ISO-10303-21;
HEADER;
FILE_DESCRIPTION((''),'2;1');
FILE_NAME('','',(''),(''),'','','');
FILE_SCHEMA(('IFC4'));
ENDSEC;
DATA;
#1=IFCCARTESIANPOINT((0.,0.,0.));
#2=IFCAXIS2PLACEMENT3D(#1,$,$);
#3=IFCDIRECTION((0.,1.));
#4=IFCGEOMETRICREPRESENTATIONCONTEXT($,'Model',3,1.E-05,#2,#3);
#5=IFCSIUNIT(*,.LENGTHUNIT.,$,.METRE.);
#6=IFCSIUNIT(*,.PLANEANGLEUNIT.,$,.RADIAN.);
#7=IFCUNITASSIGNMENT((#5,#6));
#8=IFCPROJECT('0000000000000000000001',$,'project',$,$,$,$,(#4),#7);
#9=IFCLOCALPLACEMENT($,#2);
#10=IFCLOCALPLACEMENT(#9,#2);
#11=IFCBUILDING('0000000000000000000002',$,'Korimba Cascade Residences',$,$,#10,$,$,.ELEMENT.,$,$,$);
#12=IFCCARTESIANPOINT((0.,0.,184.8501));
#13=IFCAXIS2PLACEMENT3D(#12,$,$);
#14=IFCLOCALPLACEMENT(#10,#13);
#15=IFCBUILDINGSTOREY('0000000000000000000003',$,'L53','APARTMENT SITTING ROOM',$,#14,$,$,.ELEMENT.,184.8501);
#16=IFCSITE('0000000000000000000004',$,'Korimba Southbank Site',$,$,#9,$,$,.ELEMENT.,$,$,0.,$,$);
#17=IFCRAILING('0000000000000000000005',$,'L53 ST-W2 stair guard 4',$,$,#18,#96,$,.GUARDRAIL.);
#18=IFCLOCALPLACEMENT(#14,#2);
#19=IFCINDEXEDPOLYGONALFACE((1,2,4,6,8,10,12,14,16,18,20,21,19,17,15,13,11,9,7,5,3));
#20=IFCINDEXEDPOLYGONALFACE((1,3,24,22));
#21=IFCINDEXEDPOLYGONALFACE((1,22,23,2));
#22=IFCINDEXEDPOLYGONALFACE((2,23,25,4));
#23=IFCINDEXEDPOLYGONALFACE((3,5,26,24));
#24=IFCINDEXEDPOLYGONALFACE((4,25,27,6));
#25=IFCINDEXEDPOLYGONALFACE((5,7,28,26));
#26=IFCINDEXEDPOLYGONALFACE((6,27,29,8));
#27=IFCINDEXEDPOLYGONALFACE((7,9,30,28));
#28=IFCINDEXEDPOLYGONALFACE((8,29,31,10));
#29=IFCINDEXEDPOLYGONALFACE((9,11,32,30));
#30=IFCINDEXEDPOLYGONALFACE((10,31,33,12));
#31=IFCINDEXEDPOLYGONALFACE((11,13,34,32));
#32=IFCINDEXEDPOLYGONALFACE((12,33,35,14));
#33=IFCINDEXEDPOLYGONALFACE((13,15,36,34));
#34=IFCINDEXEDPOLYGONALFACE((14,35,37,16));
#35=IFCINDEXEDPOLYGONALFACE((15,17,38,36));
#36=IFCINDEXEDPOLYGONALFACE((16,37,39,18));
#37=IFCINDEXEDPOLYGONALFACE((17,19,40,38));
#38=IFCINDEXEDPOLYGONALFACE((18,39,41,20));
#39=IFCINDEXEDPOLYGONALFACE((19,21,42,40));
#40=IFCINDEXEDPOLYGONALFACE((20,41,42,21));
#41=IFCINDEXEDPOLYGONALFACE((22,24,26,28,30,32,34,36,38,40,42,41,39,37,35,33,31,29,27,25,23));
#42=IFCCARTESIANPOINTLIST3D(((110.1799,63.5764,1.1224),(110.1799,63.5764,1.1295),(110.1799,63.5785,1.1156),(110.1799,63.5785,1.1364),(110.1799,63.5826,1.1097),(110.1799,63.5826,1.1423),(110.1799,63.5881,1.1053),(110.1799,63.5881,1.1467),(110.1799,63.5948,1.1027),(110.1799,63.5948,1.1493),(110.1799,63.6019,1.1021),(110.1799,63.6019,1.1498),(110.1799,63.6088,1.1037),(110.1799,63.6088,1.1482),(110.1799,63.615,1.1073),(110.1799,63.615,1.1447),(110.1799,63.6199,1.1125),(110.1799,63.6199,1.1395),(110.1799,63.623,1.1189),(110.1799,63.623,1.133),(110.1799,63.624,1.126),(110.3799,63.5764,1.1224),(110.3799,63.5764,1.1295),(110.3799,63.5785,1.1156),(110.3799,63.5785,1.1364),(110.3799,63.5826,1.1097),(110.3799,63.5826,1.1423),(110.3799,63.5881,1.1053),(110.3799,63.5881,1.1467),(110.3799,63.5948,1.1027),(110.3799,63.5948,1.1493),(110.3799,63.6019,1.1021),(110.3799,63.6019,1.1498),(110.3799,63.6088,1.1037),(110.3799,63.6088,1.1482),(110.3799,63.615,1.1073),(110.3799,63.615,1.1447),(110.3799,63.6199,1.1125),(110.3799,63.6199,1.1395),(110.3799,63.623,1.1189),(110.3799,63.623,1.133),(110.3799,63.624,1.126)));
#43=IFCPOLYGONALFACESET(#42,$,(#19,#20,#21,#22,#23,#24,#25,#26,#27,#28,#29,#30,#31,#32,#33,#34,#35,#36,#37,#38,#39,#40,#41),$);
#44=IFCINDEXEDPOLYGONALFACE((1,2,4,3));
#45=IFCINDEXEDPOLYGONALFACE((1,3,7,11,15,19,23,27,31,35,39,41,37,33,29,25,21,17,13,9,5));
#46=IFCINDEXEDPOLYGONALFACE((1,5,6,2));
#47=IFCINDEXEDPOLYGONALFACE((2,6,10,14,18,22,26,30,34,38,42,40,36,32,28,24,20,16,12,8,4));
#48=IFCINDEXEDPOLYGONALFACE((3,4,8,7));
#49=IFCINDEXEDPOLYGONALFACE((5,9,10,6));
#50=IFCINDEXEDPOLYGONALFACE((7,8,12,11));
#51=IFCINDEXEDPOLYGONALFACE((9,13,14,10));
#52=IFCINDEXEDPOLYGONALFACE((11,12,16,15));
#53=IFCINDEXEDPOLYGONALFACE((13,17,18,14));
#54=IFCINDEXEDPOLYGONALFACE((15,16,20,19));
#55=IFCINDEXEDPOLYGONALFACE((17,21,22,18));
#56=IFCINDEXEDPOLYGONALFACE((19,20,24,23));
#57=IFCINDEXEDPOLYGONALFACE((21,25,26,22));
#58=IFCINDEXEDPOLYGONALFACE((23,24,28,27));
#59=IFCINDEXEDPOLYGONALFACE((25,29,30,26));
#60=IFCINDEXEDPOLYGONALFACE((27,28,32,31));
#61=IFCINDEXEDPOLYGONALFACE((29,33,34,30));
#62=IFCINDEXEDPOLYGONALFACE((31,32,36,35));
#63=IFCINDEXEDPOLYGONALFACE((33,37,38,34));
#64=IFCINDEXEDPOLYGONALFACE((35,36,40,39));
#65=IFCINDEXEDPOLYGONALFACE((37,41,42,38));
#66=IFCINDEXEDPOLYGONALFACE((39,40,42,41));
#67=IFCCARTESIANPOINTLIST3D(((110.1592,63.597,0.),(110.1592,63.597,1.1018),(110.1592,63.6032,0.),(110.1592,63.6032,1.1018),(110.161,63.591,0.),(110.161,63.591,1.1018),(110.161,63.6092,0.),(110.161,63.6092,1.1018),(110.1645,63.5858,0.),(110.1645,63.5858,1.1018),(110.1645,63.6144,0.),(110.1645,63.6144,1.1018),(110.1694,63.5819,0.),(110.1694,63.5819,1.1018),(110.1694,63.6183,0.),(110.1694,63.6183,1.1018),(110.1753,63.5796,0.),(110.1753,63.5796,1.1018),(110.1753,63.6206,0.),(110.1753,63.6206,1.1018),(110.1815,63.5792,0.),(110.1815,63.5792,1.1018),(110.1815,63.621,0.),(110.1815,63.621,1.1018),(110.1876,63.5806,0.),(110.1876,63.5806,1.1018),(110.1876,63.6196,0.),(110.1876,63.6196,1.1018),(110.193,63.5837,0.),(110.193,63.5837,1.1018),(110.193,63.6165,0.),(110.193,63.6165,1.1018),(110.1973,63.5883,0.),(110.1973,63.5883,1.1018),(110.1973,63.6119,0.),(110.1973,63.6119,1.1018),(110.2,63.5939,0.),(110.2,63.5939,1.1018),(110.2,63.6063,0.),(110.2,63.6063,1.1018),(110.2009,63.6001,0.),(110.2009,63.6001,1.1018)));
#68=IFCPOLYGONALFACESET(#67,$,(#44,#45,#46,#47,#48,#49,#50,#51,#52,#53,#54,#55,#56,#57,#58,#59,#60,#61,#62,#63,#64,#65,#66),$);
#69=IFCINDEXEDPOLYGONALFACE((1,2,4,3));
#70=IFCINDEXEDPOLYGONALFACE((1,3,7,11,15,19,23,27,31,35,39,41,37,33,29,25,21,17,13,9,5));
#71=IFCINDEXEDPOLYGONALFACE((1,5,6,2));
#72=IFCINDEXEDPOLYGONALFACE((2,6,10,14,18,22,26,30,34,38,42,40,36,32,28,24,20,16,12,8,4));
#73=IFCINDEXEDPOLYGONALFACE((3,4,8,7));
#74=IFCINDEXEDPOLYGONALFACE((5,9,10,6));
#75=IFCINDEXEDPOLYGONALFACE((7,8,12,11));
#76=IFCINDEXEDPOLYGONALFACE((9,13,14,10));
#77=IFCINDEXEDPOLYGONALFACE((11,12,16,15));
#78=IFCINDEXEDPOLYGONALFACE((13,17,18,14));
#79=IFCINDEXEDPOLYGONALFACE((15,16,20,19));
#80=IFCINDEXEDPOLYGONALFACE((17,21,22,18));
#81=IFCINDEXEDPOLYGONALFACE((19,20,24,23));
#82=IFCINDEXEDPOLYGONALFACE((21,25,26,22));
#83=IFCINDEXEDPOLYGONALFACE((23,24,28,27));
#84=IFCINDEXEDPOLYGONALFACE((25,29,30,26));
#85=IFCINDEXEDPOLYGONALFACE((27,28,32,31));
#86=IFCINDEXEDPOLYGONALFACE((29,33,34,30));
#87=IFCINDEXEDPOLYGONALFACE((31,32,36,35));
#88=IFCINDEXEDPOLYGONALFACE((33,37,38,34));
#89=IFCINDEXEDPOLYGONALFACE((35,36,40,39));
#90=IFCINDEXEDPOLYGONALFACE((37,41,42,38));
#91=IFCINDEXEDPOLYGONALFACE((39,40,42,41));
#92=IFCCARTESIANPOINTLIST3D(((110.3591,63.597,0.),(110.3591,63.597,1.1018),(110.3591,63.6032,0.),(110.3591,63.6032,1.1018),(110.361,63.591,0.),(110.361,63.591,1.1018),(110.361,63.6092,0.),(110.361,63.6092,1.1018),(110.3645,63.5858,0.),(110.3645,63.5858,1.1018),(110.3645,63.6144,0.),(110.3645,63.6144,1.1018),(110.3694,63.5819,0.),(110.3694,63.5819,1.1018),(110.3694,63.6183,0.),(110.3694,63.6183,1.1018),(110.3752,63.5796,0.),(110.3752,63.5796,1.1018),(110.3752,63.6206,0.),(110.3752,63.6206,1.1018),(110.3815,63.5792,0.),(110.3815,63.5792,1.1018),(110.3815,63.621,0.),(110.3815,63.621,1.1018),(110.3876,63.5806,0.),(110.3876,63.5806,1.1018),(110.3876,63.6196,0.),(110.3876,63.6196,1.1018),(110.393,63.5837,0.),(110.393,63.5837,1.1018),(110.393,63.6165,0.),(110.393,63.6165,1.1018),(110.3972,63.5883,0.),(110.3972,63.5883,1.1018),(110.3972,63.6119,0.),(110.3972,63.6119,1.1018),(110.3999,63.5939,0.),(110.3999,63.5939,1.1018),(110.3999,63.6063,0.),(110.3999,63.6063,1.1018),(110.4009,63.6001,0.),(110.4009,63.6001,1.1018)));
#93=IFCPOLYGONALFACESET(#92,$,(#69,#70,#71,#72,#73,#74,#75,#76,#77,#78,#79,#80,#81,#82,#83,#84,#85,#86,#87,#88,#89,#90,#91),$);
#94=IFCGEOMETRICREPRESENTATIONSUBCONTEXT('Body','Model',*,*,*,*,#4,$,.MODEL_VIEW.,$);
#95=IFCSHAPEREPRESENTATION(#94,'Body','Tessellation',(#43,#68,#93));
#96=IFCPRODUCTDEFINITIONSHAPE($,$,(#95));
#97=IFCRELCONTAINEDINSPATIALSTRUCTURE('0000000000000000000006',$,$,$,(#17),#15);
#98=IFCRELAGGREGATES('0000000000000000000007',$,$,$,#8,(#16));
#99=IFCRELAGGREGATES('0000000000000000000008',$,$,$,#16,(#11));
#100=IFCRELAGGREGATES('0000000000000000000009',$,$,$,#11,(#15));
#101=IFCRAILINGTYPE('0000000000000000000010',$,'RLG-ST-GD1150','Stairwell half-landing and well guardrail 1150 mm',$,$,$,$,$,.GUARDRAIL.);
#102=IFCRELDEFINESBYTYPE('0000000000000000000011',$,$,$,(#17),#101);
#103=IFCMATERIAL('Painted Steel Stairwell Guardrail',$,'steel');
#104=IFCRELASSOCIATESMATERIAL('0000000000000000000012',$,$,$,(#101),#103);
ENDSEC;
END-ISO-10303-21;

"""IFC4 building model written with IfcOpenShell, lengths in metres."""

from ifc_helpers import new_model, si_unit, direction, frame, origin, origin_2d, place, context, subcontext, project, spatial, circle, extrude, material, type_object, element, save


model = new_model("IFC4")

# Units and contexts
model_context = context("Model", 3, precision=1e-05, world=origin(), true_north=direction((0.0, 1.0)))
body_context = subcontext(model_context, "Body", "Model", "MODEL_VIEW")
ifc_project = project(units=[si_unit("LENGTHUNIT", "METRE"), si_unit("PLANEANGLEUNIT", "RADIAN")], contexts=[model_context])

# Site, building, storey
site_placement = place(None, origin())
site = spatial("IfcSite", under=ifc_project, at=site_placement, Name="Korimba Southbank Site", CompositionType="ELEMENT", RefElevation=0.0)
building_placement = place(site_placement, origin())
building = spatial("IfcBuilding", under=site, at=building_placement, Name="Korimba Cascade Residences", CompositionType="ELEMENT")
storey_placement = place(building_placement, frame((0.0, 0.0, 184.8501)))
storey = spatial("IfcBuildingStorey", under=building, at=storey_placement, Name="L53", Description="APARTMENT SITTING ROOM", CompositionType="ELEMENT", Elevation=184.8501)

# Railing
ifc_material_1 = material(Name="Painted Steel Stairwell Guardrail", Category="steel")
railing_type_1 = type_object("IfcRailingType", Name="RLG-ST-GD1150", Description="Stairwell half-landing and well guardrail 1150 mm", PredefinedType="GUARDRAIL", material=ifc_material_1)
railing_1_placement = place(storey_placement, frame((110.1799, 63.6001, 0.0)))
element("IfcRailing", 1, at=railing_1_placement, inside=storey, type_object=railing_type_1, Name="L53 ST-W2 stair guard 4", PredefinedType="GUARDRAIL", context=body_context, shape_type="SweptSolid", body=[
    extrude(circle(Radius=0.0239, at=origin_2d()), frame((0.0, 0.0, 1.126), z_axis=(1.0, 0.0, 0.0), x_axis=(0.0, 1.0, 0.0)), (0.0, 0.0, 1.0), 0.2),
    extrude(circle(Radius=0.021, at=origin_2d()), origin(), (0.0, 0.0, 1.0), 1.1018),
    extrude(circle(Radius=0.021, at=origin_2d()), frame((0.2, 0.0, 0.0)), (0.0, 0.0, 1.0), 1.1018),
])

save(model, "model.ifc")
